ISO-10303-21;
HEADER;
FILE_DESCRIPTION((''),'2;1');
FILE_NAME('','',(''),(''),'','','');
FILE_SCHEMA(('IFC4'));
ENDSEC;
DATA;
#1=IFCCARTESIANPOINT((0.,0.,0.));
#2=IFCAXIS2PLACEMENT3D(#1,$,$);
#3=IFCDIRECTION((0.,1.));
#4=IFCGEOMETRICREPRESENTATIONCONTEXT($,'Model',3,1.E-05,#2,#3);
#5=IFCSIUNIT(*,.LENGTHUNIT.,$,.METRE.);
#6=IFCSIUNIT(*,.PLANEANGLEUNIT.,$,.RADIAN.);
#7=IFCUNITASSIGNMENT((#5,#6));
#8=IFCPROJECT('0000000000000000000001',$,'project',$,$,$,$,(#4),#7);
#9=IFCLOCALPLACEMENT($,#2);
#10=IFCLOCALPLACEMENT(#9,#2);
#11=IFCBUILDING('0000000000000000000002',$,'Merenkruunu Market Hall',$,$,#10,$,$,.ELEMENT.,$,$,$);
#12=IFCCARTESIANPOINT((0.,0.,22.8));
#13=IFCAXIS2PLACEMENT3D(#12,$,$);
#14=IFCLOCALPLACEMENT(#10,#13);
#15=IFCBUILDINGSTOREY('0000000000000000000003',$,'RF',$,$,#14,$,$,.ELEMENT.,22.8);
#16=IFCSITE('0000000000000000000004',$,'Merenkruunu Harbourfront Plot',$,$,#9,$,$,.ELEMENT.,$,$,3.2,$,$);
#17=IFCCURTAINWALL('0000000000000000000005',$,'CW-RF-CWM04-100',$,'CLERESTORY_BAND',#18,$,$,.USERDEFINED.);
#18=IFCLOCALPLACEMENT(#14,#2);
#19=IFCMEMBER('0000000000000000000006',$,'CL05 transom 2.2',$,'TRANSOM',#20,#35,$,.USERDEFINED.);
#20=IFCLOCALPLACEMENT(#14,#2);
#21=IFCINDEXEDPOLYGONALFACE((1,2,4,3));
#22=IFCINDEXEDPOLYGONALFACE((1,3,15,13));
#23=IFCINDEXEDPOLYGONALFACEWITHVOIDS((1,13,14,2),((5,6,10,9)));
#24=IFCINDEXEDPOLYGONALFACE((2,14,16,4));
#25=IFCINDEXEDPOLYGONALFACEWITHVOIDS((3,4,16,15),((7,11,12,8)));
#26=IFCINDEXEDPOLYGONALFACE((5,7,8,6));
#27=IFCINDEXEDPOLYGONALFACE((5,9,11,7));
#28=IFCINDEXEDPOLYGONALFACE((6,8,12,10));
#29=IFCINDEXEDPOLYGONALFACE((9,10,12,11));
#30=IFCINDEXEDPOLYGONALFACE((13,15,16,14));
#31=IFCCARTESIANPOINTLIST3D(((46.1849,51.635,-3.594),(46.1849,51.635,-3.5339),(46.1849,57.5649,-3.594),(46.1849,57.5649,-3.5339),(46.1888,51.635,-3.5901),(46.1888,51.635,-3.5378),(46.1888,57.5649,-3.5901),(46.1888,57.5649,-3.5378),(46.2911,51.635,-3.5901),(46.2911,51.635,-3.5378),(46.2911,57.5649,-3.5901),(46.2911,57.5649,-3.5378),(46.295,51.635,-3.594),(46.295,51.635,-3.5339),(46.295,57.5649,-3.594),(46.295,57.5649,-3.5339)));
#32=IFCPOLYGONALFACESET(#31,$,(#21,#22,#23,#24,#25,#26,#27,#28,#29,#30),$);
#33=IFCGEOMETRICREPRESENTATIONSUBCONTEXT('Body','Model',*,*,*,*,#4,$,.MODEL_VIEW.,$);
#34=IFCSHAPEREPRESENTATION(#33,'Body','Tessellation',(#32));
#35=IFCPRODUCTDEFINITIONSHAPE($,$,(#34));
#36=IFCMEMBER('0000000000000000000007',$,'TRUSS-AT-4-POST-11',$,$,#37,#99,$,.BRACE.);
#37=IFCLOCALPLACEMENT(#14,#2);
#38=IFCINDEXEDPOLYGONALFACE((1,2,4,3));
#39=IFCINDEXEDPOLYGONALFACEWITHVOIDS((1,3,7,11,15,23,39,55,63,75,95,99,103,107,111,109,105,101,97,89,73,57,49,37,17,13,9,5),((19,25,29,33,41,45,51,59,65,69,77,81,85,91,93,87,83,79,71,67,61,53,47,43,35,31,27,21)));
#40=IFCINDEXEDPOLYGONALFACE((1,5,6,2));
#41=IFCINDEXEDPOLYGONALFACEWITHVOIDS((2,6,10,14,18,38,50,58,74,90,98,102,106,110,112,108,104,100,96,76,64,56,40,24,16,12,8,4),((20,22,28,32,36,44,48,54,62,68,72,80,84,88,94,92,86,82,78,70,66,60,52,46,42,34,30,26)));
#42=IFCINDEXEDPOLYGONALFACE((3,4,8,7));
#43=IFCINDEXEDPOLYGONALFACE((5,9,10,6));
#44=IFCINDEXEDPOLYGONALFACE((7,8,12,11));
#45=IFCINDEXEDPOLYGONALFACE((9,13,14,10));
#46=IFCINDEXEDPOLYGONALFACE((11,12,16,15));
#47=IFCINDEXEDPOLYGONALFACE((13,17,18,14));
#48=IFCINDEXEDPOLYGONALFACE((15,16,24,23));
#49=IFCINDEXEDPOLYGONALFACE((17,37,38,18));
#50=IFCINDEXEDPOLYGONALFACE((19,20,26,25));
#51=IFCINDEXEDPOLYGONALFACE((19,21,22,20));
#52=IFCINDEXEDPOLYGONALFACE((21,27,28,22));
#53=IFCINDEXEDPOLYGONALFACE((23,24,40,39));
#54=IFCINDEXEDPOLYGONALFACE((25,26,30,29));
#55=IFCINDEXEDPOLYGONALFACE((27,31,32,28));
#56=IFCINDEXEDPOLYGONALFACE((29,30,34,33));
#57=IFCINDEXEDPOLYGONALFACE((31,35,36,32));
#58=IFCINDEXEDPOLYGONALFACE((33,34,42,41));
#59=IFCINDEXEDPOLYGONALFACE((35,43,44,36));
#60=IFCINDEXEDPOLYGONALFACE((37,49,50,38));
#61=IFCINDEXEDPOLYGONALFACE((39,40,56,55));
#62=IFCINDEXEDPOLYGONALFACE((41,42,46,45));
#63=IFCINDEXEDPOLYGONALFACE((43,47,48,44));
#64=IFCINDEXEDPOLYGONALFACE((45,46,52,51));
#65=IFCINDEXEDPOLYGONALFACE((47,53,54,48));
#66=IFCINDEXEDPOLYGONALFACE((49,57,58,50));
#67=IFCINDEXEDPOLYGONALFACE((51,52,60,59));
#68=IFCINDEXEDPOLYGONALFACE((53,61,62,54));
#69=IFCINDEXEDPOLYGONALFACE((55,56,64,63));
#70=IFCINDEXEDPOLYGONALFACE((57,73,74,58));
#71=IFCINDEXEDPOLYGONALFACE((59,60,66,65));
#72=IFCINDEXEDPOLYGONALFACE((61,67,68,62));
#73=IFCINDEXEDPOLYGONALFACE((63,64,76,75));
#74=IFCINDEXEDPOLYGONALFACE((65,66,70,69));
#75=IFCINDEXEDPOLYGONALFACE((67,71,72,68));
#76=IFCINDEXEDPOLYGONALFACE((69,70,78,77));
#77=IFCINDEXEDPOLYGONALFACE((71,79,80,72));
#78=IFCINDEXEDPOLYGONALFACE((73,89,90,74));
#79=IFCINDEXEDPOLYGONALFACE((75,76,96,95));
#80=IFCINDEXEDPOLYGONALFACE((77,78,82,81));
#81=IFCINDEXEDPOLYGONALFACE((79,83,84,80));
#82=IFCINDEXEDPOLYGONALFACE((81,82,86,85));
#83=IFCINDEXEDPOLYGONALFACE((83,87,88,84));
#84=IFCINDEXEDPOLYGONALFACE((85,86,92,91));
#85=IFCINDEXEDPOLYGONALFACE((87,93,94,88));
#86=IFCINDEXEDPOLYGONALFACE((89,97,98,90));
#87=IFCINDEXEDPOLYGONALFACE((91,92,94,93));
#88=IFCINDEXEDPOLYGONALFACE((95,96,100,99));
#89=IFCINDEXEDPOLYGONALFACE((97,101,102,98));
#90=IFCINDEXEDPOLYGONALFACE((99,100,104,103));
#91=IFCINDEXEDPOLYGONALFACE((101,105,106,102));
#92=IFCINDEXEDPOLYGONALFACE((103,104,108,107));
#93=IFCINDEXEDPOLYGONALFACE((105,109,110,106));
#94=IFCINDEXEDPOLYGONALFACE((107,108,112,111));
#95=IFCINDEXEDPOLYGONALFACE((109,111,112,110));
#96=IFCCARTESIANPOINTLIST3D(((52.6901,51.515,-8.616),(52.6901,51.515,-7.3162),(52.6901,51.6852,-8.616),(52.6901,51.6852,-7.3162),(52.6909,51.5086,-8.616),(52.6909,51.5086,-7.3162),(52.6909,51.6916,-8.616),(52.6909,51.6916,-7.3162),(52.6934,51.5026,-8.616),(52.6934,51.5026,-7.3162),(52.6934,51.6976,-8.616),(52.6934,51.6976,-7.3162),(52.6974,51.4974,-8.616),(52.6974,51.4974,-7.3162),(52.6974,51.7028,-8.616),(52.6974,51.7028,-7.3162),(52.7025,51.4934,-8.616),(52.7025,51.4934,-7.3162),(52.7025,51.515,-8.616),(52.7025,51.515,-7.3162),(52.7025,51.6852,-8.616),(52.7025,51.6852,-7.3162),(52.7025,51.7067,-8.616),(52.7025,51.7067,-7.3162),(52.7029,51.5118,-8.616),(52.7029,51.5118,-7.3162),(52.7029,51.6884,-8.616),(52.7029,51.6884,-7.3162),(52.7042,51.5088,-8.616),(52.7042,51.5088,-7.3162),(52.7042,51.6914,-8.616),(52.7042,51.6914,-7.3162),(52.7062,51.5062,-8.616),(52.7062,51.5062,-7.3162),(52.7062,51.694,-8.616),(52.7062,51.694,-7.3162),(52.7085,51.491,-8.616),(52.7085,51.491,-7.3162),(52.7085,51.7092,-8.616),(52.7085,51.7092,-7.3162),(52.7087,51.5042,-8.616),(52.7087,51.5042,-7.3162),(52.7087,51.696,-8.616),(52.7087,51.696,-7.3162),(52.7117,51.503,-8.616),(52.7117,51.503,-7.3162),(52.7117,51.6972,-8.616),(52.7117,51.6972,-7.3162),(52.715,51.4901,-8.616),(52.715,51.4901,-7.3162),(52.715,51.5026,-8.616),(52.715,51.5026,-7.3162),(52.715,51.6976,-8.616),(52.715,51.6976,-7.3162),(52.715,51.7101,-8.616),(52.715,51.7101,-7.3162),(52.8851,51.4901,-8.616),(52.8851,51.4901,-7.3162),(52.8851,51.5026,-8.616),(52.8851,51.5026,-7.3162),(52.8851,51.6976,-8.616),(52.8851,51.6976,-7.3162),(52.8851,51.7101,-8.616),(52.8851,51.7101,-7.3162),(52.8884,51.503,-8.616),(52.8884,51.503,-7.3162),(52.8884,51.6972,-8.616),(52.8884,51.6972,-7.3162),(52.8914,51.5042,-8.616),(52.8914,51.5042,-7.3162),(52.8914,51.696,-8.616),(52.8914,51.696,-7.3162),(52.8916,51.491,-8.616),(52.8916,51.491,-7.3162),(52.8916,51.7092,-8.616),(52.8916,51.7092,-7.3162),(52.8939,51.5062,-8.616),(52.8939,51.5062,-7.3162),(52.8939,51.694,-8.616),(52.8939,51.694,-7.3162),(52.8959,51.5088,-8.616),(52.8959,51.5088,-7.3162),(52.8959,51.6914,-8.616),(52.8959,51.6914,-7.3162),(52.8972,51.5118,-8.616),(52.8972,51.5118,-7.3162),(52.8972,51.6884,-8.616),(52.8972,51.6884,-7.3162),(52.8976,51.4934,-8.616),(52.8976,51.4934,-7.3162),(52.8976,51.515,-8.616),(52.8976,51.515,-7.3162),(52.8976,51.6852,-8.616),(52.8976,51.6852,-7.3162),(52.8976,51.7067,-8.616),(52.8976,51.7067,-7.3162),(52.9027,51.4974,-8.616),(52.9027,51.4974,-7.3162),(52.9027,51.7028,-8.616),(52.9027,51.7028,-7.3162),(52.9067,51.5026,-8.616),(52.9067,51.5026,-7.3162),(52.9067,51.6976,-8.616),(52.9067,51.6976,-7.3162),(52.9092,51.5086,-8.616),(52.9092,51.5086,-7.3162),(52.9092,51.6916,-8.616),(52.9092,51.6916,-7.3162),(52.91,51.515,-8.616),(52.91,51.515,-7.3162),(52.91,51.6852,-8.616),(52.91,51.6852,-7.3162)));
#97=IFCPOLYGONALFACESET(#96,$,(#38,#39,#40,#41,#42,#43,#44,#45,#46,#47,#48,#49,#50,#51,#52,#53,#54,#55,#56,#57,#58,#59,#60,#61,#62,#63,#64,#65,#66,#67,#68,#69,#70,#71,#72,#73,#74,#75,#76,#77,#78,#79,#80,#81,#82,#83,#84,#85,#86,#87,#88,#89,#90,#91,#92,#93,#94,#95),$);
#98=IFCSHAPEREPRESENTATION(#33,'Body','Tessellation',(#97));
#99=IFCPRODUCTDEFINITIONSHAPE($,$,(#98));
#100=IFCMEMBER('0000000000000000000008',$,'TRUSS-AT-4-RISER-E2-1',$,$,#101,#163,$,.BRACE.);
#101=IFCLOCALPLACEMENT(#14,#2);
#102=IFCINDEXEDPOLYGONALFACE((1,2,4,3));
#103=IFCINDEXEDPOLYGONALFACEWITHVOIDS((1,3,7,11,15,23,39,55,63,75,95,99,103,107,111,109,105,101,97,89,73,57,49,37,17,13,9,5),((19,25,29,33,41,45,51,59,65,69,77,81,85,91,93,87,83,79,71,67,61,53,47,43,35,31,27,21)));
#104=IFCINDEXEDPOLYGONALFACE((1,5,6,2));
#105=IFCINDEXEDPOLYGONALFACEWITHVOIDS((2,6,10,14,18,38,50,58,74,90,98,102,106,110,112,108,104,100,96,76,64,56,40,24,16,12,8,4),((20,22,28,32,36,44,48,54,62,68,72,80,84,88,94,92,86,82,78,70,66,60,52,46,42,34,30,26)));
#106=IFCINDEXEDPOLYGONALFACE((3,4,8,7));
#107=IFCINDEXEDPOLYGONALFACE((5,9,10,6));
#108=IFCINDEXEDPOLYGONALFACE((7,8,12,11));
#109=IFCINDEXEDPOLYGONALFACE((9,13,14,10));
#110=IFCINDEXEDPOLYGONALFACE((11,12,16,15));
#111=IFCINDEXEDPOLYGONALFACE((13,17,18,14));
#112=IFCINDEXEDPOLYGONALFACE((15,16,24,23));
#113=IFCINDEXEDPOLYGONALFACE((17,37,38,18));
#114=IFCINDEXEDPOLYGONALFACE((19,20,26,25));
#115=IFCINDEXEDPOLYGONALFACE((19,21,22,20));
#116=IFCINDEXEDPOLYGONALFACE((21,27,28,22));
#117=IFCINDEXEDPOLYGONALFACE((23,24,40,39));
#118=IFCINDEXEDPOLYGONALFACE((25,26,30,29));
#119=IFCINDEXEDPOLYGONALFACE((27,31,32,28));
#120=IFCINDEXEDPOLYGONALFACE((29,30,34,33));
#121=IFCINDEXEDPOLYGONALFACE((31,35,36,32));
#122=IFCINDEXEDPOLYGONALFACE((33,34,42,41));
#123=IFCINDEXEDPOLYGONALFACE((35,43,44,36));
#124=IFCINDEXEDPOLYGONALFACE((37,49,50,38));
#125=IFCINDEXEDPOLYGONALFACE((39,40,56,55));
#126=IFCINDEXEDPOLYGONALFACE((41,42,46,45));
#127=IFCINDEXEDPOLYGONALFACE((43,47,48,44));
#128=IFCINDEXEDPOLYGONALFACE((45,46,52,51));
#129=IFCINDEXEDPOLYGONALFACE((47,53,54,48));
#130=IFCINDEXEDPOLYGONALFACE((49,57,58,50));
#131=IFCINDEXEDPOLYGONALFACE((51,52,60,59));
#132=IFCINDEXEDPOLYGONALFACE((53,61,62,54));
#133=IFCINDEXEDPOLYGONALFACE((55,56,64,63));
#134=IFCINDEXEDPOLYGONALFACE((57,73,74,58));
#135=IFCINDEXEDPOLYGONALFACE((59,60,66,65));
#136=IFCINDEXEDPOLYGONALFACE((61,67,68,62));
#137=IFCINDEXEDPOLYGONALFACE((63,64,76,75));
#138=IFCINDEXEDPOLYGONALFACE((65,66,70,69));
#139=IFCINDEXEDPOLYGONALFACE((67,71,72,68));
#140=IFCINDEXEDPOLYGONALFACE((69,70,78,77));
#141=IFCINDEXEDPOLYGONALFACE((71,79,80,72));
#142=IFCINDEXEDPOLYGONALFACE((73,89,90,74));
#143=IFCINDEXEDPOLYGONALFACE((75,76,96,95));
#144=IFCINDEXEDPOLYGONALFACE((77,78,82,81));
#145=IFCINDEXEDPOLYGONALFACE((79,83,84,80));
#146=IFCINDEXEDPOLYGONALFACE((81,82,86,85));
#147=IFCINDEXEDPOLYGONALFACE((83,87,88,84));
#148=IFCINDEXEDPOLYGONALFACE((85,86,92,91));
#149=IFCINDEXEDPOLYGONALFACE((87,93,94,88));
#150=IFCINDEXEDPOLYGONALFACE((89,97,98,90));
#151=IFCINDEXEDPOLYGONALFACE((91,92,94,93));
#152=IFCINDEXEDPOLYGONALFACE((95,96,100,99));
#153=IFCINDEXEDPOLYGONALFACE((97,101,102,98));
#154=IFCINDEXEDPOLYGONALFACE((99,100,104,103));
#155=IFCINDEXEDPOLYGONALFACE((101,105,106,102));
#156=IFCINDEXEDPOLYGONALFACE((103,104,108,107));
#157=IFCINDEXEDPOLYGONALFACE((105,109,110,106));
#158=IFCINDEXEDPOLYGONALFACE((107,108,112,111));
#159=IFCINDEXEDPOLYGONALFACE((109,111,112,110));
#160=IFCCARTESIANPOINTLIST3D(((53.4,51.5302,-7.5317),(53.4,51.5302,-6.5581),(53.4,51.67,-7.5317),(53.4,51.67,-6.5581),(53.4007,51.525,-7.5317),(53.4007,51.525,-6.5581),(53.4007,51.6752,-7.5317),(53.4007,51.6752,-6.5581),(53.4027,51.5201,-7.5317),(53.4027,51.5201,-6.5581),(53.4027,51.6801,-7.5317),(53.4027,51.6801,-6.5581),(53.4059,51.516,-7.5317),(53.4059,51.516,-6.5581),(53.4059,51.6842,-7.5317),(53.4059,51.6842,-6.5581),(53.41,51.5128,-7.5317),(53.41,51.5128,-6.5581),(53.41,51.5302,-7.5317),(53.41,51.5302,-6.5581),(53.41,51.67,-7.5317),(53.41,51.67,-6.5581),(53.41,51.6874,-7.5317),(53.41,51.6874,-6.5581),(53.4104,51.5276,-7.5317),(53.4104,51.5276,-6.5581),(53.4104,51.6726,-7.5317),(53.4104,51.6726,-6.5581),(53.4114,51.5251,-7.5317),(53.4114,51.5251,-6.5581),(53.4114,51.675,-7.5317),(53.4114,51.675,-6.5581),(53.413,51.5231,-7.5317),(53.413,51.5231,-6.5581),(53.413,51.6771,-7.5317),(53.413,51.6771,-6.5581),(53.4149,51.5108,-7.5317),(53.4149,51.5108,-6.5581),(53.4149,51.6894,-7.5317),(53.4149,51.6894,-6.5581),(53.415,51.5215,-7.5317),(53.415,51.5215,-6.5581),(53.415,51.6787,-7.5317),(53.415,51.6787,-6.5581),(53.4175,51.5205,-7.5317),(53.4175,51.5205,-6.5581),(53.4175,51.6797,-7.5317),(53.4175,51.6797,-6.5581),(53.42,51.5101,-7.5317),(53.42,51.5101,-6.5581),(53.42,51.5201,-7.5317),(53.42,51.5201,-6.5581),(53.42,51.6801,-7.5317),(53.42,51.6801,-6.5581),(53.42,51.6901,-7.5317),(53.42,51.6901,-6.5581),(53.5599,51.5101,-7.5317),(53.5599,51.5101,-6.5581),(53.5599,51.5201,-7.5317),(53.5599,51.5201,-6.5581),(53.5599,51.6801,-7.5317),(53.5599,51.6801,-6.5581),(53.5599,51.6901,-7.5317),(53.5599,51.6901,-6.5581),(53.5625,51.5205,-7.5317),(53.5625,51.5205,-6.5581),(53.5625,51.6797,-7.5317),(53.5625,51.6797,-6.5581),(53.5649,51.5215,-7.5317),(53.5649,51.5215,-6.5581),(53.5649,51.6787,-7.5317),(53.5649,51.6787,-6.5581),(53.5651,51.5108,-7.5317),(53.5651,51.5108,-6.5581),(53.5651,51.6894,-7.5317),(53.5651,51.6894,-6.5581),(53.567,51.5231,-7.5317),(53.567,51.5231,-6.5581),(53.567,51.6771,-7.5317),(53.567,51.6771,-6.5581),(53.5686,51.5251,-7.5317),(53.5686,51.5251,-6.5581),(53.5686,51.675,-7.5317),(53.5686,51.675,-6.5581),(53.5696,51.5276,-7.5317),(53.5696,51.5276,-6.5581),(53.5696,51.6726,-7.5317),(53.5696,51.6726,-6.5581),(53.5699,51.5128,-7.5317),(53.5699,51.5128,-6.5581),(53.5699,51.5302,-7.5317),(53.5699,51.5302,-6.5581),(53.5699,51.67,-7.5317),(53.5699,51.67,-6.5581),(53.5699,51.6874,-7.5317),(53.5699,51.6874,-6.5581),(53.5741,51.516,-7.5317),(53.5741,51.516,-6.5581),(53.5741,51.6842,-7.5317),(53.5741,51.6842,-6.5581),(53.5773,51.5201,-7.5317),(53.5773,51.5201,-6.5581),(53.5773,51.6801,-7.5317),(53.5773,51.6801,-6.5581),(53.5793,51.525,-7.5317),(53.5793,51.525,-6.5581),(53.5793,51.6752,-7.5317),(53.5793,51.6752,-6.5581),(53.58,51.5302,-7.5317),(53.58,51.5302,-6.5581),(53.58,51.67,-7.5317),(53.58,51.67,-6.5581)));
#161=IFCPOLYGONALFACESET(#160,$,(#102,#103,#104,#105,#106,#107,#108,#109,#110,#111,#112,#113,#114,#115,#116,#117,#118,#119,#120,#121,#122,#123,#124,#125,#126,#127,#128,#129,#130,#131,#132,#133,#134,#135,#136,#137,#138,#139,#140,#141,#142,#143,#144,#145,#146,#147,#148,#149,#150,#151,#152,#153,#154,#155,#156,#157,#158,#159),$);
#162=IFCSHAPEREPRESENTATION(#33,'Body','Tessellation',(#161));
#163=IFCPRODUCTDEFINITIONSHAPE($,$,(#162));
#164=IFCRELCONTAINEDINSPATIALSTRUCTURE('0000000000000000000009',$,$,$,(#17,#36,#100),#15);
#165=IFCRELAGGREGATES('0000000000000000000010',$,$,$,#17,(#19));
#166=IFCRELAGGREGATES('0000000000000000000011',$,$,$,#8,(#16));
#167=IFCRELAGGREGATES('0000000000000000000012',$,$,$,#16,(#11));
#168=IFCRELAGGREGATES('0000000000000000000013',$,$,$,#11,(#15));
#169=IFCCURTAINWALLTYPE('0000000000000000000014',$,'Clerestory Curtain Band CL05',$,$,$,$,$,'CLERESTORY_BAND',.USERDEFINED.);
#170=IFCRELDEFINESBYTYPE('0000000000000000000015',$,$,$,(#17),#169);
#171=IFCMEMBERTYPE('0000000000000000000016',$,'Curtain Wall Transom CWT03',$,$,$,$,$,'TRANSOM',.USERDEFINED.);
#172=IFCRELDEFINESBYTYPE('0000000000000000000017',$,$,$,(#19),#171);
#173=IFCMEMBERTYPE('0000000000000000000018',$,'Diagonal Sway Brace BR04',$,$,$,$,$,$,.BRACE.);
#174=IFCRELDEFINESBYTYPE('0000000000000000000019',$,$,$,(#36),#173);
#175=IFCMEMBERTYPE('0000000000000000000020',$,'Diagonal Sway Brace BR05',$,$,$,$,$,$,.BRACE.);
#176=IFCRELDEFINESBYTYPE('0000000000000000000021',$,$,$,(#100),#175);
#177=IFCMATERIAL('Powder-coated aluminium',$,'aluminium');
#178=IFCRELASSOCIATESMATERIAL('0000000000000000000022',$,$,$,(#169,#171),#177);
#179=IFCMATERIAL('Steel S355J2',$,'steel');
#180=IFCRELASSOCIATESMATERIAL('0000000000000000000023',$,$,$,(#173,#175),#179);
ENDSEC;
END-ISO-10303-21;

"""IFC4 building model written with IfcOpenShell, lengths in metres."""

from ifc_helpers import new_model, si_unit, direction, frame, origin, origin_2d, place, context, subcontext, project, spatial, hollow_rectangle, extrude, material, material_profile, profile_set, type_object, element, aggregate, save


model = new_model("IFC4")

# Units and contexts
model_context = context("Model", 3, precision=1e-05, world=origin(), true_north=direction((0.0, 1.0)))
body_context = subcontext(model_context, "Body", "Model", "MODEL_VIEW")
ifc_project = project(units=[si_unit("LENGTHUNIT", "METRE"), si_unit("PLANEANGLEUNIT", "RADIAN")], contexts=[model_context])

# Site, building, storey
site_placement = place(None, origin())
site = spatial("IfcSite", under=ifc_project, at=site_placement, Name="Merenkruunu Harbourfront Plot", CompositionType="ELEMENT", RefElevation=3.2)
building_placement = place(site_placement, origin())
building = spatial("IfcBuilding", under=site, at=building_placement, Name="Merenkruunu Market Hall", CompositionType="ELEMENT")
storey_placement = place(building_placement, frame((0.0, 0.0, 22.8)))
storey = spatial("IfcBuildingStorey", under=building, at=storey_placement, Name="RF", CompositionType="ELEMENT", Elevation=22.8)

# Curtain wall
ifc_material_1 = material(Name="Powder-coated aluminium", Category="aluminium")
curtain_wall_type = type_object("IfcCurtainWallType", Name="Clerestory Curtain Band CL05", ElementType="CLERESTORY_BAND", PredefinedType="USERDEFINED", material=ifc_material_1)
curtain_wall_1_placement = place(storey_placement, origin())
curtain_wall_1 = element("IfcCurtainWall", 1, at=curtain_wall_1_placement, inside=storey, type_object=curtain_wall_type, Name="CW-RF-CWM04-100", ObjectType="CLERESTORY_BAND", PredefinedType="USERDEFINED")

# Member
ifc_material_profile_1 = material_profile(ifc_material_1, hollow_rectangle(XDim=0.0601, YDim=0.1101, WallThickness=0.0039, at=origin_2d()), Name="ALU 60x110x4")
ifc_profile_set_1 = profile_set([ifc_material_profile_1], Name="Powder-coated aluminium")
member_type_1 = type_object("IfcMemberType", Name="Curtain Wall Transom CWT03", ElementType="TRANSOM", PredefinedType="USERDEFINED", material=ifc_profile_set_1)
member_1_placement = place(storey_placement, frame((46.24, 57.5649, -3.564), z_axis=(0.0, -1.0, 0.0), x_axis=(0.0, 0.0, 1.0)))
member_1 = element("IfcMember", 2, at=member_1_placement, type_object=member_type_1, Name="CL05 transom 2.2", ObjectType="TRANSOM", PredefinedType="USERDEFINED", context=body_context, shape_type="SweptSolid", body=[
    extrude(hollow_rectangle(XDim=0.0601, YDim=0.1101, WallThickness=0.0039, at=origin_2d()), origin(), (0.0, 0.0, 1.0), 5.9299),
])

# Members
ifc_material_2 = material(Name="Steel S355J2", Category="steel")
ifc_material_profile_2 = material_profile(ifc_material_2, hollow_rectangle(XDim=0.22, YDim=0.22, WallThickness=0.0125, InnerFilletRadius=0.0125, OuterFilletRadius=0.0249, at=origin_2d()), Name="SHS 220x220x12.5")
ifc_profile_set_2 = profile_set([ifc_material_profile_2], Name="Steel S355J2")
member_type_2 = type_object("IfcMemberType", Name="Diagonal Sway Brace BR04", PredefinedType="BRACE", material=ifc_profile_set_2)
member_2_placement = place(storey_placement, frame((52.8, 51.6001, -8.616), z_axis=(0.0, 0.0, 1.0), x_axis=(1.0, 0.0, 0.0)))
element("IfcMember", 3, at=member_2_placement, inside=storey, type_object=member_type_2, Name="TRUSS-AT-4-POST-11", PredefinedType="BRACE", context=body_context, shape_type="SweptSolid", body=[
    extrude(hollow_rectangle(XDim=0.22, YDim=0.22, WallThickness=0.0125, InnerFilletRadius=0.0125, OuterFilletRadius=0.0249, at=origin_2d()), origin(), (0.0, 0.0, 1.0), 1.2998),
])
ifc_material_profile_3 = material_profile(ifc_material_2, hollow_rectangle(XDim=0.1799, YDim=0.1799, WallThickness=0.01, InnerFilletRadius=0.01, OuterFilletRadius=0.02, at=origin_2d()), Name="SHS 180x180x10")
ifc_profile_set_3 = profile_set([ifc_material_profile_3], Name="Steel S355J2")
member_type_3 = type_object("IfcMemberType", Name="Diagonal Sway Brace BR05", PredefinedType="BRACE", material=ifc_profile_set_3)
member_3_placement = place(storey_placement, frame((53.49, 51.6001, -7.5317), z_axis=(0.0, 0.0, 1.0), x_axis=(1.0, 0.0, 0.0)))
element("IfcMember", 4, at=member_3_placement, inside=storey, type_object=member_type_3, Name="TRUSS-AT-4-RISER-E2-1", PredefinedType="BRACE", context=body_context, shape_type="SweptSolid", body=[
    extrude(hollow_rectangle(XDim=0.1799, YDim=0.1799, WallThickness=0.01, InnerFilletRadius=0.01, OuterFilletRadius=0.02, at=origin_2d()), origin(), (0.0, 0.0, 1.0), 0.9736),
])

aggregate(curtain_wall_1, [member_1])

save(model, "model.ifc")
